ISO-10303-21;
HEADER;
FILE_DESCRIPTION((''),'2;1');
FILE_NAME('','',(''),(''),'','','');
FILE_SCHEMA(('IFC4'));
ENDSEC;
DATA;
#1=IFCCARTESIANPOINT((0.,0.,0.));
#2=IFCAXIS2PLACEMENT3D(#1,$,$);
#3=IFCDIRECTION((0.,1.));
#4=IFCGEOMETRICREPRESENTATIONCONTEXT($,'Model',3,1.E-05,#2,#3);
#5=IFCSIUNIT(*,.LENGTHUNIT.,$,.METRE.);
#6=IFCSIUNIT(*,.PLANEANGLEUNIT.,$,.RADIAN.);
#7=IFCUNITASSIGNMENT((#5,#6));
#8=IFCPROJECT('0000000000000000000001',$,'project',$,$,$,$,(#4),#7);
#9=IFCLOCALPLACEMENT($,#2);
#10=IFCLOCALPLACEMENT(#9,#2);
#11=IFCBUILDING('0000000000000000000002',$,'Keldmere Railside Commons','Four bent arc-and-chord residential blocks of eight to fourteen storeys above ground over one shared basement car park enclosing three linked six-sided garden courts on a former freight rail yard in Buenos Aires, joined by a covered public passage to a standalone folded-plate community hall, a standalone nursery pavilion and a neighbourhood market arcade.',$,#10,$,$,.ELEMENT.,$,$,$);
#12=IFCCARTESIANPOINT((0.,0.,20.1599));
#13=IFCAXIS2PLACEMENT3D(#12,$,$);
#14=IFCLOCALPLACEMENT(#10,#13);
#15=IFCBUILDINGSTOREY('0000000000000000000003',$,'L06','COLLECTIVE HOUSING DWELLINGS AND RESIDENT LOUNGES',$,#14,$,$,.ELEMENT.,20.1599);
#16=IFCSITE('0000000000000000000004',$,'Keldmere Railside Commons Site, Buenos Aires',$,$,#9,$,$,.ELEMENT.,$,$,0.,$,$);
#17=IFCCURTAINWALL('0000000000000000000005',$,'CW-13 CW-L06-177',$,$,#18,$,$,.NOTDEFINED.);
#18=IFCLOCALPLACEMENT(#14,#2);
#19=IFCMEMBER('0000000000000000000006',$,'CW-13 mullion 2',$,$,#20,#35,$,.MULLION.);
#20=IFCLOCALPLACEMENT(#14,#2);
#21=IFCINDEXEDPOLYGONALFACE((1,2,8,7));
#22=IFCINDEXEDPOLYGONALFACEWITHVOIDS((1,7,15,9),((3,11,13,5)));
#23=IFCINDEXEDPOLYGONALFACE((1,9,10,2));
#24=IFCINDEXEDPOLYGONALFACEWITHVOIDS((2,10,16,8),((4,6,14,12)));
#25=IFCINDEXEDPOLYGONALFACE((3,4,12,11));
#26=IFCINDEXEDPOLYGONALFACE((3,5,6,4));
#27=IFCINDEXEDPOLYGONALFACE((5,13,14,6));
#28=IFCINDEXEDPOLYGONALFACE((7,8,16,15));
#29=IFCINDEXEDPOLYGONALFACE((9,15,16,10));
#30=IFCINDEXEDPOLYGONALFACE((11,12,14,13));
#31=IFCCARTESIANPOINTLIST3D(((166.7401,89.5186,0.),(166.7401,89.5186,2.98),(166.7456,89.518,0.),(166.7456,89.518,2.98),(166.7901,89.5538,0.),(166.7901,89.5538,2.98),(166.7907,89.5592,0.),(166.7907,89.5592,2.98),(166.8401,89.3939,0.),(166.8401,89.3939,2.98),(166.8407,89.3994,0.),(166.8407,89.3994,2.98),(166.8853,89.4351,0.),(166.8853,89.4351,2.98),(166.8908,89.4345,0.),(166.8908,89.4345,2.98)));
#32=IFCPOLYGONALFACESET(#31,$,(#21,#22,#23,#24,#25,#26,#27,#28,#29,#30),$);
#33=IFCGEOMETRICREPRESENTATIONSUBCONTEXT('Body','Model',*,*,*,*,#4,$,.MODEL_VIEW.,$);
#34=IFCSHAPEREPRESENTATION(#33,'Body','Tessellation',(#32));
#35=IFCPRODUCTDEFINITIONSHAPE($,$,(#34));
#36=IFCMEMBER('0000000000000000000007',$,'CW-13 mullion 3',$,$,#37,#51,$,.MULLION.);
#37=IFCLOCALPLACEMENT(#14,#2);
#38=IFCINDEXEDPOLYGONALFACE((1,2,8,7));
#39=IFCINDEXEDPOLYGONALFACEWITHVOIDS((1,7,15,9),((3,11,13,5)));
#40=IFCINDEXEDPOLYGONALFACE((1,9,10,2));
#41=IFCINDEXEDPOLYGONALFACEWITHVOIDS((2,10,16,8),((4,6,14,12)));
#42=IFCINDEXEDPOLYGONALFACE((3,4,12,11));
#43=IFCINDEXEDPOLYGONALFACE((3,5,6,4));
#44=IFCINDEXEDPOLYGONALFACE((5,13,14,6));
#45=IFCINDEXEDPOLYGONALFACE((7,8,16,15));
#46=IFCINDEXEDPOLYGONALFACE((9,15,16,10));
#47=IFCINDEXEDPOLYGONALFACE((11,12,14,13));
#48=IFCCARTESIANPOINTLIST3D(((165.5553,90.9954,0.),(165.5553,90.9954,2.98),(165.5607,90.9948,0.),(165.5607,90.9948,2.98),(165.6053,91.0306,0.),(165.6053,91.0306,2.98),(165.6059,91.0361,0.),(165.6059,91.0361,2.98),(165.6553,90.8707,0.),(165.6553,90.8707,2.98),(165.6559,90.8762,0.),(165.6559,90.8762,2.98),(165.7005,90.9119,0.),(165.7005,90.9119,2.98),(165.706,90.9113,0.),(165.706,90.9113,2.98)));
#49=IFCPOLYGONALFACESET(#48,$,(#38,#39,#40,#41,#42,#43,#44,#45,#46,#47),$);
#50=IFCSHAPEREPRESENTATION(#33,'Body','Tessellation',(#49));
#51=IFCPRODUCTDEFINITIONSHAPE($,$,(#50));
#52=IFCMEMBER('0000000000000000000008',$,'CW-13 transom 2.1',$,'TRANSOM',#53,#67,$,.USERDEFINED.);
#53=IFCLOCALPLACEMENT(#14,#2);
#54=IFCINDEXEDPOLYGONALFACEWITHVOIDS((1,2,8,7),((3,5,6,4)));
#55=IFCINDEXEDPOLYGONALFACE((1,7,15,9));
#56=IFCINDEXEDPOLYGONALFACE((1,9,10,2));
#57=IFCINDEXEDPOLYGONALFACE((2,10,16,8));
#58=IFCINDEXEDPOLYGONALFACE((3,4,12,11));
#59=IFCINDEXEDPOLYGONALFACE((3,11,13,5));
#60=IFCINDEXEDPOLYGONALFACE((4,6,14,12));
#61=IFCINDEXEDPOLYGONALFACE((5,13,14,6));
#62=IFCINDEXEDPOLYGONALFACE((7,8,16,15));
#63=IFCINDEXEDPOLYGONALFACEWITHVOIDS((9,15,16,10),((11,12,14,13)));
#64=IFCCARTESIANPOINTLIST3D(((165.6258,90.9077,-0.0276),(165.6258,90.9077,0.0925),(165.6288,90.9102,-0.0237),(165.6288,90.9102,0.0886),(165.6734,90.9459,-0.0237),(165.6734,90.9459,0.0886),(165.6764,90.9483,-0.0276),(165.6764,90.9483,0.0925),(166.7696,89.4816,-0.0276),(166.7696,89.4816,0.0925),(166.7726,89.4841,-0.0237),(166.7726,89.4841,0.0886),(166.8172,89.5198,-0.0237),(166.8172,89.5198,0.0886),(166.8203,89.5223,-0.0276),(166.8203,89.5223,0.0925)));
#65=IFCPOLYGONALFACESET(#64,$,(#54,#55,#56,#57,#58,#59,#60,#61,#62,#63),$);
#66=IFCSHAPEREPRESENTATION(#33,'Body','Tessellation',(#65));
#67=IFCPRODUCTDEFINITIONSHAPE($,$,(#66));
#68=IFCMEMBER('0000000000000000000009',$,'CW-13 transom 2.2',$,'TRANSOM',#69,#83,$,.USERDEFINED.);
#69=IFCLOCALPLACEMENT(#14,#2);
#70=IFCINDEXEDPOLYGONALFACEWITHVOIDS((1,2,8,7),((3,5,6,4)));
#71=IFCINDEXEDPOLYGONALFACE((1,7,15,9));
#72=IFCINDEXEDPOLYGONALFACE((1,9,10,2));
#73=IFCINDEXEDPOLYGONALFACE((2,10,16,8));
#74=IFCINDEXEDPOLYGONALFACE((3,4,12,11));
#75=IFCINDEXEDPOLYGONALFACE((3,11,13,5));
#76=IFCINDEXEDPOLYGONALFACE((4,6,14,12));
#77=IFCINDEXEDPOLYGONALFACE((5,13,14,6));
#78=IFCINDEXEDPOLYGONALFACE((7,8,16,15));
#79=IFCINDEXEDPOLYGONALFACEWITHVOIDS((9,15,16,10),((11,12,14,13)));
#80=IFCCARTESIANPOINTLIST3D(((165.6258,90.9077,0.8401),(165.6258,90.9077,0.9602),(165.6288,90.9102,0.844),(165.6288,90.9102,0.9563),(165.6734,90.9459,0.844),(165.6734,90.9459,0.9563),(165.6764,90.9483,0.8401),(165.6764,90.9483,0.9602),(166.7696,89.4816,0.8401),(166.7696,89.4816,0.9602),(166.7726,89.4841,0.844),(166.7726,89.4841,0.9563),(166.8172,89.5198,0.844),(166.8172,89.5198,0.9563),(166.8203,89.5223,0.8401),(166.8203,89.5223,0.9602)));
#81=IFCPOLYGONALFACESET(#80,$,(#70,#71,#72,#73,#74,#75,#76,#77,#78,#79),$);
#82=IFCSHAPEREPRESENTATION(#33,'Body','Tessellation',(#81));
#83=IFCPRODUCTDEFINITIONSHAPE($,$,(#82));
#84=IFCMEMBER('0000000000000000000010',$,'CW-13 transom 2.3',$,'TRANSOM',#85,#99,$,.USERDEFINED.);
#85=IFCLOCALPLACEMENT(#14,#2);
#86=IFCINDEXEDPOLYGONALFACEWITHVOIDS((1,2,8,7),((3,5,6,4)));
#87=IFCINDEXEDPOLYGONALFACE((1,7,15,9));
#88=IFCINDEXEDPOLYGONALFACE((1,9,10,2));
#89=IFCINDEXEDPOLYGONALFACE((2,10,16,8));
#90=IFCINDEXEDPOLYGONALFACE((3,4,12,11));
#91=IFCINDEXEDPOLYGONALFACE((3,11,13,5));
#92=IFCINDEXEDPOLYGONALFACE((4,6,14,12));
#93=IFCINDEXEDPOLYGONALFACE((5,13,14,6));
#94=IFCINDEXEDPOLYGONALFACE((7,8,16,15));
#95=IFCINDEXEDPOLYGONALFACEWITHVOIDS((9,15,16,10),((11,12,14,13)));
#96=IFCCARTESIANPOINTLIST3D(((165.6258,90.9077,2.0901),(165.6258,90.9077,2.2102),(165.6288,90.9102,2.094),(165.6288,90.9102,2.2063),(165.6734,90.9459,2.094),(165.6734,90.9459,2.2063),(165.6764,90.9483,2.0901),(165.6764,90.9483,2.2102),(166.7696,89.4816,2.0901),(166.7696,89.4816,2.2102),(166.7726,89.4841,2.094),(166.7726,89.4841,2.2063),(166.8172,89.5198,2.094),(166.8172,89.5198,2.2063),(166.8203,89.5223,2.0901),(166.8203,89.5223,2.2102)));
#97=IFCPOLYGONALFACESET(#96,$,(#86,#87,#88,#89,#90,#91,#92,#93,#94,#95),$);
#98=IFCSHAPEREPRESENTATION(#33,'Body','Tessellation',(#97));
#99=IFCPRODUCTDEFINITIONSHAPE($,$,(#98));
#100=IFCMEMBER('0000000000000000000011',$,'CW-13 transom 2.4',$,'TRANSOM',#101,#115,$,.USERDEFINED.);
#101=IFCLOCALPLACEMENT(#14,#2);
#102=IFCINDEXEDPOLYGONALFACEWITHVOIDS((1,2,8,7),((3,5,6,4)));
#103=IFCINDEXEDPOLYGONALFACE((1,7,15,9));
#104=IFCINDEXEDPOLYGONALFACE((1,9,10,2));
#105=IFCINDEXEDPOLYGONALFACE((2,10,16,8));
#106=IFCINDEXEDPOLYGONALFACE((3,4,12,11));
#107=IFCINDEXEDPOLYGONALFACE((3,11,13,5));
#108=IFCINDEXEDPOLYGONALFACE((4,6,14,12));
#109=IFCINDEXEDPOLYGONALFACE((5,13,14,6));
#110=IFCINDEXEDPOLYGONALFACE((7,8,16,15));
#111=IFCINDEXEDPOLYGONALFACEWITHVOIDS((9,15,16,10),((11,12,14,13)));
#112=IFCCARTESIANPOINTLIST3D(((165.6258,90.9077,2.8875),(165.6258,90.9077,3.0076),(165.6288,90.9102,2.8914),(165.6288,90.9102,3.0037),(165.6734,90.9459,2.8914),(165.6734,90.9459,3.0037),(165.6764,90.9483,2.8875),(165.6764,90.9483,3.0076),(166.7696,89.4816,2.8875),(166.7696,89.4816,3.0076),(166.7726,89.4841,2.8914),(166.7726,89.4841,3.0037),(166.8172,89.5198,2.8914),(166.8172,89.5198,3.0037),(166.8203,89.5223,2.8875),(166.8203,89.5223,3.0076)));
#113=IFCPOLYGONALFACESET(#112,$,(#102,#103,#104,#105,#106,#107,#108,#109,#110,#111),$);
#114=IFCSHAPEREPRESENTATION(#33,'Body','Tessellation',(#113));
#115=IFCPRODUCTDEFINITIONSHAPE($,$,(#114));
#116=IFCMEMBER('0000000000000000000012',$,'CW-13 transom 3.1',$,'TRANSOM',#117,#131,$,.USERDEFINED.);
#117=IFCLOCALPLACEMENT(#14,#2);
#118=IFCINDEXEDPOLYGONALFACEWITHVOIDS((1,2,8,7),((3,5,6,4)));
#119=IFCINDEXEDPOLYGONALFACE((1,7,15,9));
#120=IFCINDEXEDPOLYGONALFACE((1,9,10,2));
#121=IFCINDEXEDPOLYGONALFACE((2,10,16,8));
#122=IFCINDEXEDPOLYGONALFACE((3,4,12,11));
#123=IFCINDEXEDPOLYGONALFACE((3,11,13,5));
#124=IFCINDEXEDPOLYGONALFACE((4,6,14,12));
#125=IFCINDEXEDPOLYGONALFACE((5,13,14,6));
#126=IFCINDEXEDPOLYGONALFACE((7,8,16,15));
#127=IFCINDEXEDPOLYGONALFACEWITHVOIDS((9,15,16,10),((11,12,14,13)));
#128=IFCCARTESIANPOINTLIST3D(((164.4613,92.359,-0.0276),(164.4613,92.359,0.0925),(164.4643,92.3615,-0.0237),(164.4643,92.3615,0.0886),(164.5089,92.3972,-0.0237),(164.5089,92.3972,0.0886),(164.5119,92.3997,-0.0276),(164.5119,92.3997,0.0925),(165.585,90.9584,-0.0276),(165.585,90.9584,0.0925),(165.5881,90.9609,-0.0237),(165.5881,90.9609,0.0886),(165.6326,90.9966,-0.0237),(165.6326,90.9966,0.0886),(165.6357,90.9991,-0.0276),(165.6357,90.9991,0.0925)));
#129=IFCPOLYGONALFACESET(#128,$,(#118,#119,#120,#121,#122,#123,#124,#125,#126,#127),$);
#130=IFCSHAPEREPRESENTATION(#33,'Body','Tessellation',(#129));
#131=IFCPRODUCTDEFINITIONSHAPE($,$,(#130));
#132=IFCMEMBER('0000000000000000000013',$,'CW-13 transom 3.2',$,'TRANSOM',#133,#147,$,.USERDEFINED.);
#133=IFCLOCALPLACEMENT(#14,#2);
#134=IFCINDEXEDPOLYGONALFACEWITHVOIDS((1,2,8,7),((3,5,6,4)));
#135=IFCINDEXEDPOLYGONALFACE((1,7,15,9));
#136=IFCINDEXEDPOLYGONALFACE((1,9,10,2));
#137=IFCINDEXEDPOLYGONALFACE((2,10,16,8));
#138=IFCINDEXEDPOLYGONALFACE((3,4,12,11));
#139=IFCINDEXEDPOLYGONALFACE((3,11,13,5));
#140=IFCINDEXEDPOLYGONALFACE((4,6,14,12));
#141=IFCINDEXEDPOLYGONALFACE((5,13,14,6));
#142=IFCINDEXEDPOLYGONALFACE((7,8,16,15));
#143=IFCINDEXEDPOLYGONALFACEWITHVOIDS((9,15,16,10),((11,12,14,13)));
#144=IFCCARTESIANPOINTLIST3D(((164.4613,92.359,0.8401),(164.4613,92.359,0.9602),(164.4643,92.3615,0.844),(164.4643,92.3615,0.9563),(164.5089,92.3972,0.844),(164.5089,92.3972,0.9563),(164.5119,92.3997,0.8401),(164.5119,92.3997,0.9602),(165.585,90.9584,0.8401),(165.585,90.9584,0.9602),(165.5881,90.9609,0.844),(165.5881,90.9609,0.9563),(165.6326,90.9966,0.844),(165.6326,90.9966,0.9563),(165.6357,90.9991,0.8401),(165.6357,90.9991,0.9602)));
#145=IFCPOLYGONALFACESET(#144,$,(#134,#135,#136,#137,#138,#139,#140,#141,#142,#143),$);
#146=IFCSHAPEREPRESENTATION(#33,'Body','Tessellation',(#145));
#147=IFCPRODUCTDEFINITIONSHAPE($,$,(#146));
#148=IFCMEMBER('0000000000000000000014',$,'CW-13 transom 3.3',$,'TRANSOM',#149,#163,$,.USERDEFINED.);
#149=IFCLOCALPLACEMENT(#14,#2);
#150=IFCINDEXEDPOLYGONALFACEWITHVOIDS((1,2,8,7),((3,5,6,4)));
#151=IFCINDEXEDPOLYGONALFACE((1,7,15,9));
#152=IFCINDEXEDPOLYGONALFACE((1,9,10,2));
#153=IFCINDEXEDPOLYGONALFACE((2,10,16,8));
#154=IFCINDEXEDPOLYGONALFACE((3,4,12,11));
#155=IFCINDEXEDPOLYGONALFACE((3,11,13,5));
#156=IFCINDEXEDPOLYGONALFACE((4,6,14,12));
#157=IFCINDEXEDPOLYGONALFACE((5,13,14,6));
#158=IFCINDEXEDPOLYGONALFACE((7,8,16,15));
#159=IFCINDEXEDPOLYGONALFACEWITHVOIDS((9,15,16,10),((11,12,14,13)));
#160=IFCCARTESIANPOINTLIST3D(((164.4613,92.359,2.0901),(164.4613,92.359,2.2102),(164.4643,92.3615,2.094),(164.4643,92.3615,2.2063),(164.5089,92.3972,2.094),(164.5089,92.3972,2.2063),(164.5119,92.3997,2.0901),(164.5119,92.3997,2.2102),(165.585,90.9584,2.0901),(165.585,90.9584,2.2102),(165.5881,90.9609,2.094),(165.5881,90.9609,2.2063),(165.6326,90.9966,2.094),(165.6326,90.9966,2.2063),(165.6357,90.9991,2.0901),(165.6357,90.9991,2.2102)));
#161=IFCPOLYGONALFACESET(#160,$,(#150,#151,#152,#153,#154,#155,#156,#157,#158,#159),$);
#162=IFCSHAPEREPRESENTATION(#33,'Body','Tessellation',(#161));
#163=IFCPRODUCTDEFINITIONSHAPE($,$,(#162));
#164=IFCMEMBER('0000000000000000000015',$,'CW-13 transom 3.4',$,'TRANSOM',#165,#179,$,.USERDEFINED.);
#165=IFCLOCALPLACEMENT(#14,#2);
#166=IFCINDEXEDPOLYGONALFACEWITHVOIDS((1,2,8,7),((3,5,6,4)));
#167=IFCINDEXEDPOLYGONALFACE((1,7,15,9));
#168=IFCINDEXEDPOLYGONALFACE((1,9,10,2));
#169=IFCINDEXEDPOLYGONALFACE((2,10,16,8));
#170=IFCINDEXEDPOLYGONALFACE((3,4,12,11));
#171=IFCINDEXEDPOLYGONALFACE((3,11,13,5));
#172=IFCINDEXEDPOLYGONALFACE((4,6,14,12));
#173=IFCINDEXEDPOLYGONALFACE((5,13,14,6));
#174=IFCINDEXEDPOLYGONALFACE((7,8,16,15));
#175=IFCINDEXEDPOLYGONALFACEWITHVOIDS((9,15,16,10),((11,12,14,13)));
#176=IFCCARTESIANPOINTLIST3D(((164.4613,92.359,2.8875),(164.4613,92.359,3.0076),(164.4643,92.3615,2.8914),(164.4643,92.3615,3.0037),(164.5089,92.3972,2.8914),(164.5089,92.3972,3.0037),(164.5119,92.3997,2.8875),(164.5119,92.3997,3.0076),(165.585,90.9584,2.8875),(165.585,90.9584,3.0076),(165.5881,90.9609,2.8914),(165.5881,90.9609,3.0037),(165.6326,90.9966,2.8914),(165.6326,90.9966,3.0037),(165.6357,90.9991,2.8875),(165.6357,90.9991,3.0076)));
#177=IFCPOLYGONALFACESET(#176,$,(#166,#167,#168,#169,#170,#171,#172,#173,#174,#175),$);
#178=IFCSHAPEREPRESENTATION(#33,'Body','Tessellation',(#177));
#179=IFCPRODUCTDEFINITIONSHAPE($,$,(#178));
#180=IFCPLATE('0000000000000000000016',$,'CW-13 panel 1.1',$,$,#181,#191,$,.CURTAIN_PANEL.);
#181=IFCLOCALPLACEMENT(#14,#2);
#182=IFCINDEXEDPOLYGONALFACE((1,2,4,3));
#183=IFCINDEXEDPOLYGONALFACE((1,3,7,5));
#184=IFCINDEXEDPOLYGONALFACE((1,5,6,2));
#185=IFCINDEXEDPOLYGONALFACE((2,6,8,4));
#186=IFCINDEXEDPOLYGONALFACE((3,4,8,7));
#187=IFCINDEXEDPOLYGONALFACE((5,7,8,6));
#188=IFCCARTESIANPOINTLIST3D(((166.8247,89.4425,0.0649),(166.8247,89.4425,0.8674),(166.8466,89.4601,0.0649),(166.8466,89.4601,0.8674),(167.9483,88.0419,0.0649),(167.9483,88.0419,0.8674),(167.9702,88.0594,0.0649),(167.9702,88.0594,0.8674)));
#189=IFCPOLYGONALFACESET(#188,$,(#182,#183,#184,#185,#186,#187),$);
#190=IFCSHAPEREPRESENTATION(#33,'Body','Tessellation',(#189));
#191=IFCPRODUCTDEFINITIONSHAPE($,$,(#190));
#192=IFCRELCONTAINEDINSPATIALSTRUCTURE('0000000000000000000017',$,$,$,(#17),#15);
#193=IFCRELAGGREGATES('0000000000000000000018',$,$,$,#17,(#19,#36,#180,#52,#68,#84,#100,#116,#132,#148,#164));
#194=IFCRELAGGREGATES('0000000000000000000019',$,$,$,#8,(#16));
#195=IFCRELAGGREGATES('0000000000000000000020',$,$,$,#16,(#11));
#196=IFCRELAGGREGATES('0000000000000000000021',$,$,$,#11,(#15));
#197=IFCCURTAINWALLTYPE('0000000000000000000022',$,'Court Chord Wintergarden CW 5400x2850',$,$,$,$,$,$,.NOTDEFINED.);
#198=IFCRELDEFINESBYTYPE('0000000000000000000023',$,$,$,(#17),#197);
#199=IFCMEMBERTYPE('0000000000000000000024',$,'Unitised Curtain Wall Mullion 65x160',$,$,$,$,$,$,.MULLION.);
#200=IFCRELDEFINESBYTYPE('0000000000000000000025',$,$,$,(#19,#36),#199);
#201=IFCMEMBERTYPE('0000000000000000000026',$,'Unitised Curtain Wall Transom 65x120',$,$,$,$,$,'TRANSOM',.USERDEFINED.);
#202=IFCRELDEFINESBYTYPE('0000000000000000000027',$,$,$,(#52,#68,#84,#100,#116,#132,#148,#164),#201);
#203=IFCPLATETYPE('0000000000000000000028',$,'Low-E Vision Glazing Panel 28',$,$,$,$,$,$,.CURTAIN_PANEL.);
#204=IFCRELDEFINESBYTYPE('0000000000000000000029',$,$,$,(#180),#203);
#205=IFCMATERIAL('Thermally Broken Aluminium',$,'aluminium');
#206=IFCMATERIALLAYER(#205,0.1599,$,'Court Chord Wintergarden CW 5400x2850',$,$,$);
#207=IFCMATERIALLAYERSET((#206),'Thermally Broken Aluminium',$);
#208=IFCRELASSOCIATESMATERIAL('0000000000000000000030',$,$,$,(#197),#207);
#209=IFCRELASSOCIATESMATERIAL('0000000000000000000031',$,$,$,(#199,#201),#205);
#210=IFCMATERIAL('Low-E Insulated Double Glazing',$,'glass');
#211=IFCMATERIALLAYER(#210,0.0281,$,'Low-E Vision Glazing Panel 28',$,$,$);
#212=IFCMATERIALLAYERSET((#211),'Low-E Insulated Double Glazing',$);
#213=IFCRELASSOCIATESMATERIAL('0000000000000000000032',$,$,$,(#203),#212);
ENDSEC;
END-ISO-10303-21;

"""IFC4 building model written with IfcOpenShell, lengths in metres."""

from ifc_helpers import new_model, si_unit, direction, frame, origin, origin_2d, place, context, subcontext, project, spatial, rectangle, hollow_rectangle, extrude, material, layer, layer_set, material_profile, profile_set, type_object, element, aggregate, save


model = new_model("IFC4")

# Units and contexts
model_context = context("Model", 3, precision=1e-05, world=origin(), true_north=direction((0.0, 1.0)))
body_context = subcontext(model_context, "Body", "Model", "MODEL_VIEW")
ifc_project = project(units=[si_unit("LENGTHUNIT", "METRE"), si_unit("PLANEANGLEUNIT", "RADIAN")], contexts=[model_context])

# Site, building, storey
site_placement = place(None, origin())
site = spatial("IfcSite", under=ifc_project, at=site_placement, Name="Keldmere Railside Commons Site, Buenos Aires", CompositionType="ELEMENT", RefElevation=0.0)
building_placement = place(site_placement, origin())
building = spatial("IfcBuilding", under=site, at=building_placement, Name="Keldmere Railside Commons", Description="Four bent arc-and-chord residential blocks of eight to fourteen storeys above ground over one shared basement car park enclosing three linked six-sided garden courts on a former freight rail yard in Buenos Aires, joined by a covered public passage to a standalone folded-plate community hall, a standalone nursery pavilion and a neighbourhood market arcade.", CompositionType="ELEMENT")
storey_placement = place(building_placement, frame((0.0, 0.0, 20.1599)))
storey = spatial("IfcBuildingStorey", under=building, at=storey_placement, Name="L06", Description="COLLECTIVE HOUSING DWELLINGS AND RESIDENT LOUNGES", CompositionType="ELEMENT", Elevation=20.1599)

# Curtain wall, members, plate
ifc_material_1 = material(Name="Thermally Broken Aluminium", Category="aluminium")
ifc_layer_1 = layer(ifc_material_1, 0.1599, Name="Court Chord Wintergarden CW 5400x2850")
ifc_layer_set_1 = layer_set([ifc_layer_1], Name="Thermally Broken Aluminium")
curtain_wall_type = type_object("IfcCurtainWallType", Name="Court Chord Wintergarden CW 5400x2850", PredefinedType="NOTDEFINED", material=ifc_layer_set_1)
curtain_wall_placement = place(storey_placement, origin())
curtain_wall = element("IfcCurtainWall", 1, at=curtain_wall_placement, inside=storey, type_object=curtain_wall_type, Name="CW-13 CW-L06-177", PredefinedType="NOTDEFINED")
ifc_material_profile_1 = material_profile(ifc_material_1, hollow_rectangle(XDim=0.0649, YDim=0.1599, WallThickness=0.0039, at=origin_2d()), Name="ALU-MULL-65x160")
ifc_profile_set_1 = profile_set([ifc_material_profile_1], Name="Thermally Broken Aluminium")
member_type_1 = type_object("IfcMemberType", Name="Unitised Curtain Wall Mullion 65x160", PredefinedType="MULLION", material=ifc_profile_set_1)
member_1_placement = place(storey_placement, frame((166.8154, 89.4766, 0.0), z_axis=(0.0, 0.0, 1.0), x_axis=(-0.780009, -0.625768, 0.0)))
member_1 = element("IfcMember", 2, at=member_1_placement, type_object=member_type_1, Name="CW-13 mullion 2", PredefinedType="MULLION", context=body_context, shape_type="SweptSolid", body=[
    extrude(hollow_rectangle(XDim=0.0649, YDim=0.1599, WallThickness=0.0039, at=origin_2d()), origin(), (0.0, 0.0, 1.0), 2.98),
])
member_2_placement = place(storey_placement, frame((165.6306, 90.9534, 0.0), z_axis=(0.0, 0.0, 1.0), x_axis=(-0.780009, -0.625768, 0.0)))
member_2 = element("IfcMember", 3, at=member_2_placement, type_object=member_type_1, Name="CW-13 mullion 3", PredefinedType="MULLION", context=body_context, shape_type="SweptSolid", body=[
    extrude(hollow_rectangle(XDim=0.0649, YDim=0.1599, WallThickness=0.0039, at=origin_2d()), origin(), (0.0, 0.0, 1.0), 2.98),
])
ifc_material_profile_2 = material_profile(ifc_material_1, hollow_rectangle(XDim=0.0649, YDim=0.1201, WallThickness=0.0039, at=origin_2d()), Name="ALU-TRAN-65x120")
ifc_profile_set_2 = profile_set([ifc_material_profile_2], Name="Thermally Broken Aluminium")
member_type_2 = type_object("IfcMemberType", Name="Unitised Curtain Wall Transom 65x120", ElementType="TRANSOM", PredefinedType="USERDEFINED", material=ifc_profile_set_2)
member_3_placement = place(storey_placement, frame((166.7949, 89.502, 0.0325), z_axis=(-0.625688, 0.780073, 0.0), x_axis=(-0.780073, -0.625688, 0.0)))
member_3 = element("IfcMember", 4, at=member_3_placement, type_object=member_type_2, Name="CW-13 transom 2.1", ObjectType="TRANSOM", PredefinedType="USERDEFINED", context=body_context, shape_type="SweptSolid", body=[
    extrude(hollow_rectangle(XDim=0.0649, YDim=0.1201, WallThickness=0.0039, at=origin_2d()), origin(), (0.0, 0.0, 1.0), 1.8281),
])
member_4_placement = place(storey_placement, frame((166.7949, 89.502, 0.9001), z_axis=(-0.625688, 0.780073, 0.0), x_axis=(-0.780073, -0.625688, 0.0)))
member_4 = element("IfcMember", 5, at=member_4_placement, type_object=member_type_2, Name="CW-13 transom 2.2", ObjectType="TRANSOM", PredefinedType="USERDEFINED", context=body_context, shape_type="SweptSolid", body=[
    extrude(hollow_rectangle(XDim=0.0649, YDim=0.1201, WallThickness=0.0039, at=origin_2d()), origin(), (0.0, 0.0, 1.0), 1.8281),
])
member_5_placement = place(storey_placement, frame((166.7949, 89.502, 2.1501), z_axis=(-0.625688, 0.780073, 0.0), x_axis=(-0.780073, -0.625688, 0.0)))
member_5 = element("IfcMember", 6, at=member_5_placement, type_object=member_type_2, Name="CW-13 transom 2.3", ObjectType="TRANSOM", PredefinedType="USERDEFINED", context=body_context, shape_type="SweptSolid", body=[
    extrude(hollow_rectangle(XDim=0.0649, YDim=0.1201, WallThickness=0.0039, at=origin_2d()), origin(), (0.0, 0.0, 1.0), 1.8281),
])
member_6_placement = place(storey_placement, frame((166.7949, 89.502, 2.9475), z_axis=(-0.625688, 0.780073, 0.0), x_axis=(-0.780073, -0.625688, 0.0)))
member_6 = element("IfcMember", 7, at=member_6_placement, type_object=member_type_2, Name="CW-13 transom 2.4", ObjectType="TRANSOM", PredefinedType="USERDEFINED", context=body_context, shape_type="SweptSolid", body=[
    extrude(hollow_rectangle(XDim=0.0649, YDim=0.1201, WallThickness=0.0039, at=origin_2d()), origin(), (0.0, 0.0, 1.0), 1.8281),
])
member_7_placement = place(storey_placement, frame((165.6104, 90.9788, 0.0325), z_axis=(-0.625805, 0.779979, 0.0), x_axis=(-0.779979, -0.625805, 0.0)))
member_7 = element("IfcMember", 8, at=member_7_placement, type_object=member_type_2, Name="CW-13 transom 3.1", ObjectType="TRANSOM", PredefinedType="USERDEFINED", context=body_context, shape_type="SweptSolid", body=[
    extrude(hollow_rectangle(XDim=0.0649, YDim=0.1201, WallThickness=0.0039, at=origin_2d()), origin(), (0.0, 0.0, 1.0), 1.7957),
])
member_8_placement = place(storey_placement, frame((165.6104, 90.9788, 0.9001), z_axis=(-0.625805, 0.779979, 0.0), x_axis=(-0.779979, -0.625805, 0.0)))
member_8 = element("IfcMember", 9, at=member_8_placement, type_object=member_type_2, Name="CW-13 transom 3.2", ObjectType="TRANSOM", PredefinedType="USERDEFINED", context=body_context, shape_type="SweptSolid", body=[
    extrude(hollow_rectangle(XDim=0.0649, YDim=0.1201, WallThickness=0.0039, at=origin_2d()), origin(), (0.0, 0.0, 1.0), 1.7957),
])
member_9_placement = place(storey_placement, frame((165.6104, 90.9788, 2.1501), z_axis=(-0.625805, 0.779979, 0.0), x_axis=(-0.779979, -0.625805, 0.0)))
member_9 = element("IfcMember", 10, at=member_9_placement, type_object=member_type_2, Name="CW-13 transom 3.3", ObjectType="TRANSOM", PredefinedType="USERDEFINED", context=body_context, shape_type="SweptSolid", body=[
    extrude(hollow_rectangle(XDim=0.0649, YDim=0.1201, WallThickness=0.0039, at=origin_2d()), origin(), (0.0, 0.0, 1.0), 1.7957),
])
member_10_placement = place(storey_placement, frame((165.6104, 90.9788, 2.9475), z_axis=(-0.625805, 0.779979, 0.0), x_axis=(-0.779979, -0.625805, 0.0)))
member_10 = element("IfcMember", 11, at=member_10_placement, type_object=member_type_2, Name="CW-13 transom 3.4", ObjectType="TRANSOM", PredefinedType="USERDEFINED", context=body_context, shape_type="SweptSolid", body=[
    extrude(hollow_rectangle(XDim=0.0649, YDim=0.1201, WallThickness=0.0039, at=origin_2d()), origin(), (0.0, 0.0, 1.0), 1.7957),
])
ifc_material_2 = material(Name="Low-E Insulated Double Glazing", Category="glass")
ifc_layer_2 = layer(ifc_material_2, 0.0281, Name="Low-E Vision Glazing Panel 28")
ifc_layer_set_2 = layer_set([ifc_layer_2], Name="Low-E Insulated Double Glazing")
plate_type = type_object("IfcPlateType", Name="Low-E Vision Glazing Panel 28", PredefinedType="CURTAIN_PANEL", material=ifc_layer_set_2)
plate_1_placement = place(storey_placement, frame((167.3975, 88.751, 0.0649), z_axis=(0.0, 0.0, 1.0), x_axis=(-0.625768, 0.780009, 0.0)))
plate_1 = element("IfcPlate", 12, at=plate_1_placement, type_object=plate_type, Name="CW-13 panel 1.1", PredefinedType="CURTAIN_PANEL", context=body_context, shape_type="SweptSolid", body=[
    extrude(rectangle(XDim=1.7957, YDim=0.0281, at=origin_2d()), origin(), (0.0, 0.0, 1.0), 0.8025),
])
aggregate(curtain_wall, [member_1, member_2, plate_1, member_3, member_4, member_5, member_6, member_7, member_8, member_9, member_10])

save(model, "model.ifc")
